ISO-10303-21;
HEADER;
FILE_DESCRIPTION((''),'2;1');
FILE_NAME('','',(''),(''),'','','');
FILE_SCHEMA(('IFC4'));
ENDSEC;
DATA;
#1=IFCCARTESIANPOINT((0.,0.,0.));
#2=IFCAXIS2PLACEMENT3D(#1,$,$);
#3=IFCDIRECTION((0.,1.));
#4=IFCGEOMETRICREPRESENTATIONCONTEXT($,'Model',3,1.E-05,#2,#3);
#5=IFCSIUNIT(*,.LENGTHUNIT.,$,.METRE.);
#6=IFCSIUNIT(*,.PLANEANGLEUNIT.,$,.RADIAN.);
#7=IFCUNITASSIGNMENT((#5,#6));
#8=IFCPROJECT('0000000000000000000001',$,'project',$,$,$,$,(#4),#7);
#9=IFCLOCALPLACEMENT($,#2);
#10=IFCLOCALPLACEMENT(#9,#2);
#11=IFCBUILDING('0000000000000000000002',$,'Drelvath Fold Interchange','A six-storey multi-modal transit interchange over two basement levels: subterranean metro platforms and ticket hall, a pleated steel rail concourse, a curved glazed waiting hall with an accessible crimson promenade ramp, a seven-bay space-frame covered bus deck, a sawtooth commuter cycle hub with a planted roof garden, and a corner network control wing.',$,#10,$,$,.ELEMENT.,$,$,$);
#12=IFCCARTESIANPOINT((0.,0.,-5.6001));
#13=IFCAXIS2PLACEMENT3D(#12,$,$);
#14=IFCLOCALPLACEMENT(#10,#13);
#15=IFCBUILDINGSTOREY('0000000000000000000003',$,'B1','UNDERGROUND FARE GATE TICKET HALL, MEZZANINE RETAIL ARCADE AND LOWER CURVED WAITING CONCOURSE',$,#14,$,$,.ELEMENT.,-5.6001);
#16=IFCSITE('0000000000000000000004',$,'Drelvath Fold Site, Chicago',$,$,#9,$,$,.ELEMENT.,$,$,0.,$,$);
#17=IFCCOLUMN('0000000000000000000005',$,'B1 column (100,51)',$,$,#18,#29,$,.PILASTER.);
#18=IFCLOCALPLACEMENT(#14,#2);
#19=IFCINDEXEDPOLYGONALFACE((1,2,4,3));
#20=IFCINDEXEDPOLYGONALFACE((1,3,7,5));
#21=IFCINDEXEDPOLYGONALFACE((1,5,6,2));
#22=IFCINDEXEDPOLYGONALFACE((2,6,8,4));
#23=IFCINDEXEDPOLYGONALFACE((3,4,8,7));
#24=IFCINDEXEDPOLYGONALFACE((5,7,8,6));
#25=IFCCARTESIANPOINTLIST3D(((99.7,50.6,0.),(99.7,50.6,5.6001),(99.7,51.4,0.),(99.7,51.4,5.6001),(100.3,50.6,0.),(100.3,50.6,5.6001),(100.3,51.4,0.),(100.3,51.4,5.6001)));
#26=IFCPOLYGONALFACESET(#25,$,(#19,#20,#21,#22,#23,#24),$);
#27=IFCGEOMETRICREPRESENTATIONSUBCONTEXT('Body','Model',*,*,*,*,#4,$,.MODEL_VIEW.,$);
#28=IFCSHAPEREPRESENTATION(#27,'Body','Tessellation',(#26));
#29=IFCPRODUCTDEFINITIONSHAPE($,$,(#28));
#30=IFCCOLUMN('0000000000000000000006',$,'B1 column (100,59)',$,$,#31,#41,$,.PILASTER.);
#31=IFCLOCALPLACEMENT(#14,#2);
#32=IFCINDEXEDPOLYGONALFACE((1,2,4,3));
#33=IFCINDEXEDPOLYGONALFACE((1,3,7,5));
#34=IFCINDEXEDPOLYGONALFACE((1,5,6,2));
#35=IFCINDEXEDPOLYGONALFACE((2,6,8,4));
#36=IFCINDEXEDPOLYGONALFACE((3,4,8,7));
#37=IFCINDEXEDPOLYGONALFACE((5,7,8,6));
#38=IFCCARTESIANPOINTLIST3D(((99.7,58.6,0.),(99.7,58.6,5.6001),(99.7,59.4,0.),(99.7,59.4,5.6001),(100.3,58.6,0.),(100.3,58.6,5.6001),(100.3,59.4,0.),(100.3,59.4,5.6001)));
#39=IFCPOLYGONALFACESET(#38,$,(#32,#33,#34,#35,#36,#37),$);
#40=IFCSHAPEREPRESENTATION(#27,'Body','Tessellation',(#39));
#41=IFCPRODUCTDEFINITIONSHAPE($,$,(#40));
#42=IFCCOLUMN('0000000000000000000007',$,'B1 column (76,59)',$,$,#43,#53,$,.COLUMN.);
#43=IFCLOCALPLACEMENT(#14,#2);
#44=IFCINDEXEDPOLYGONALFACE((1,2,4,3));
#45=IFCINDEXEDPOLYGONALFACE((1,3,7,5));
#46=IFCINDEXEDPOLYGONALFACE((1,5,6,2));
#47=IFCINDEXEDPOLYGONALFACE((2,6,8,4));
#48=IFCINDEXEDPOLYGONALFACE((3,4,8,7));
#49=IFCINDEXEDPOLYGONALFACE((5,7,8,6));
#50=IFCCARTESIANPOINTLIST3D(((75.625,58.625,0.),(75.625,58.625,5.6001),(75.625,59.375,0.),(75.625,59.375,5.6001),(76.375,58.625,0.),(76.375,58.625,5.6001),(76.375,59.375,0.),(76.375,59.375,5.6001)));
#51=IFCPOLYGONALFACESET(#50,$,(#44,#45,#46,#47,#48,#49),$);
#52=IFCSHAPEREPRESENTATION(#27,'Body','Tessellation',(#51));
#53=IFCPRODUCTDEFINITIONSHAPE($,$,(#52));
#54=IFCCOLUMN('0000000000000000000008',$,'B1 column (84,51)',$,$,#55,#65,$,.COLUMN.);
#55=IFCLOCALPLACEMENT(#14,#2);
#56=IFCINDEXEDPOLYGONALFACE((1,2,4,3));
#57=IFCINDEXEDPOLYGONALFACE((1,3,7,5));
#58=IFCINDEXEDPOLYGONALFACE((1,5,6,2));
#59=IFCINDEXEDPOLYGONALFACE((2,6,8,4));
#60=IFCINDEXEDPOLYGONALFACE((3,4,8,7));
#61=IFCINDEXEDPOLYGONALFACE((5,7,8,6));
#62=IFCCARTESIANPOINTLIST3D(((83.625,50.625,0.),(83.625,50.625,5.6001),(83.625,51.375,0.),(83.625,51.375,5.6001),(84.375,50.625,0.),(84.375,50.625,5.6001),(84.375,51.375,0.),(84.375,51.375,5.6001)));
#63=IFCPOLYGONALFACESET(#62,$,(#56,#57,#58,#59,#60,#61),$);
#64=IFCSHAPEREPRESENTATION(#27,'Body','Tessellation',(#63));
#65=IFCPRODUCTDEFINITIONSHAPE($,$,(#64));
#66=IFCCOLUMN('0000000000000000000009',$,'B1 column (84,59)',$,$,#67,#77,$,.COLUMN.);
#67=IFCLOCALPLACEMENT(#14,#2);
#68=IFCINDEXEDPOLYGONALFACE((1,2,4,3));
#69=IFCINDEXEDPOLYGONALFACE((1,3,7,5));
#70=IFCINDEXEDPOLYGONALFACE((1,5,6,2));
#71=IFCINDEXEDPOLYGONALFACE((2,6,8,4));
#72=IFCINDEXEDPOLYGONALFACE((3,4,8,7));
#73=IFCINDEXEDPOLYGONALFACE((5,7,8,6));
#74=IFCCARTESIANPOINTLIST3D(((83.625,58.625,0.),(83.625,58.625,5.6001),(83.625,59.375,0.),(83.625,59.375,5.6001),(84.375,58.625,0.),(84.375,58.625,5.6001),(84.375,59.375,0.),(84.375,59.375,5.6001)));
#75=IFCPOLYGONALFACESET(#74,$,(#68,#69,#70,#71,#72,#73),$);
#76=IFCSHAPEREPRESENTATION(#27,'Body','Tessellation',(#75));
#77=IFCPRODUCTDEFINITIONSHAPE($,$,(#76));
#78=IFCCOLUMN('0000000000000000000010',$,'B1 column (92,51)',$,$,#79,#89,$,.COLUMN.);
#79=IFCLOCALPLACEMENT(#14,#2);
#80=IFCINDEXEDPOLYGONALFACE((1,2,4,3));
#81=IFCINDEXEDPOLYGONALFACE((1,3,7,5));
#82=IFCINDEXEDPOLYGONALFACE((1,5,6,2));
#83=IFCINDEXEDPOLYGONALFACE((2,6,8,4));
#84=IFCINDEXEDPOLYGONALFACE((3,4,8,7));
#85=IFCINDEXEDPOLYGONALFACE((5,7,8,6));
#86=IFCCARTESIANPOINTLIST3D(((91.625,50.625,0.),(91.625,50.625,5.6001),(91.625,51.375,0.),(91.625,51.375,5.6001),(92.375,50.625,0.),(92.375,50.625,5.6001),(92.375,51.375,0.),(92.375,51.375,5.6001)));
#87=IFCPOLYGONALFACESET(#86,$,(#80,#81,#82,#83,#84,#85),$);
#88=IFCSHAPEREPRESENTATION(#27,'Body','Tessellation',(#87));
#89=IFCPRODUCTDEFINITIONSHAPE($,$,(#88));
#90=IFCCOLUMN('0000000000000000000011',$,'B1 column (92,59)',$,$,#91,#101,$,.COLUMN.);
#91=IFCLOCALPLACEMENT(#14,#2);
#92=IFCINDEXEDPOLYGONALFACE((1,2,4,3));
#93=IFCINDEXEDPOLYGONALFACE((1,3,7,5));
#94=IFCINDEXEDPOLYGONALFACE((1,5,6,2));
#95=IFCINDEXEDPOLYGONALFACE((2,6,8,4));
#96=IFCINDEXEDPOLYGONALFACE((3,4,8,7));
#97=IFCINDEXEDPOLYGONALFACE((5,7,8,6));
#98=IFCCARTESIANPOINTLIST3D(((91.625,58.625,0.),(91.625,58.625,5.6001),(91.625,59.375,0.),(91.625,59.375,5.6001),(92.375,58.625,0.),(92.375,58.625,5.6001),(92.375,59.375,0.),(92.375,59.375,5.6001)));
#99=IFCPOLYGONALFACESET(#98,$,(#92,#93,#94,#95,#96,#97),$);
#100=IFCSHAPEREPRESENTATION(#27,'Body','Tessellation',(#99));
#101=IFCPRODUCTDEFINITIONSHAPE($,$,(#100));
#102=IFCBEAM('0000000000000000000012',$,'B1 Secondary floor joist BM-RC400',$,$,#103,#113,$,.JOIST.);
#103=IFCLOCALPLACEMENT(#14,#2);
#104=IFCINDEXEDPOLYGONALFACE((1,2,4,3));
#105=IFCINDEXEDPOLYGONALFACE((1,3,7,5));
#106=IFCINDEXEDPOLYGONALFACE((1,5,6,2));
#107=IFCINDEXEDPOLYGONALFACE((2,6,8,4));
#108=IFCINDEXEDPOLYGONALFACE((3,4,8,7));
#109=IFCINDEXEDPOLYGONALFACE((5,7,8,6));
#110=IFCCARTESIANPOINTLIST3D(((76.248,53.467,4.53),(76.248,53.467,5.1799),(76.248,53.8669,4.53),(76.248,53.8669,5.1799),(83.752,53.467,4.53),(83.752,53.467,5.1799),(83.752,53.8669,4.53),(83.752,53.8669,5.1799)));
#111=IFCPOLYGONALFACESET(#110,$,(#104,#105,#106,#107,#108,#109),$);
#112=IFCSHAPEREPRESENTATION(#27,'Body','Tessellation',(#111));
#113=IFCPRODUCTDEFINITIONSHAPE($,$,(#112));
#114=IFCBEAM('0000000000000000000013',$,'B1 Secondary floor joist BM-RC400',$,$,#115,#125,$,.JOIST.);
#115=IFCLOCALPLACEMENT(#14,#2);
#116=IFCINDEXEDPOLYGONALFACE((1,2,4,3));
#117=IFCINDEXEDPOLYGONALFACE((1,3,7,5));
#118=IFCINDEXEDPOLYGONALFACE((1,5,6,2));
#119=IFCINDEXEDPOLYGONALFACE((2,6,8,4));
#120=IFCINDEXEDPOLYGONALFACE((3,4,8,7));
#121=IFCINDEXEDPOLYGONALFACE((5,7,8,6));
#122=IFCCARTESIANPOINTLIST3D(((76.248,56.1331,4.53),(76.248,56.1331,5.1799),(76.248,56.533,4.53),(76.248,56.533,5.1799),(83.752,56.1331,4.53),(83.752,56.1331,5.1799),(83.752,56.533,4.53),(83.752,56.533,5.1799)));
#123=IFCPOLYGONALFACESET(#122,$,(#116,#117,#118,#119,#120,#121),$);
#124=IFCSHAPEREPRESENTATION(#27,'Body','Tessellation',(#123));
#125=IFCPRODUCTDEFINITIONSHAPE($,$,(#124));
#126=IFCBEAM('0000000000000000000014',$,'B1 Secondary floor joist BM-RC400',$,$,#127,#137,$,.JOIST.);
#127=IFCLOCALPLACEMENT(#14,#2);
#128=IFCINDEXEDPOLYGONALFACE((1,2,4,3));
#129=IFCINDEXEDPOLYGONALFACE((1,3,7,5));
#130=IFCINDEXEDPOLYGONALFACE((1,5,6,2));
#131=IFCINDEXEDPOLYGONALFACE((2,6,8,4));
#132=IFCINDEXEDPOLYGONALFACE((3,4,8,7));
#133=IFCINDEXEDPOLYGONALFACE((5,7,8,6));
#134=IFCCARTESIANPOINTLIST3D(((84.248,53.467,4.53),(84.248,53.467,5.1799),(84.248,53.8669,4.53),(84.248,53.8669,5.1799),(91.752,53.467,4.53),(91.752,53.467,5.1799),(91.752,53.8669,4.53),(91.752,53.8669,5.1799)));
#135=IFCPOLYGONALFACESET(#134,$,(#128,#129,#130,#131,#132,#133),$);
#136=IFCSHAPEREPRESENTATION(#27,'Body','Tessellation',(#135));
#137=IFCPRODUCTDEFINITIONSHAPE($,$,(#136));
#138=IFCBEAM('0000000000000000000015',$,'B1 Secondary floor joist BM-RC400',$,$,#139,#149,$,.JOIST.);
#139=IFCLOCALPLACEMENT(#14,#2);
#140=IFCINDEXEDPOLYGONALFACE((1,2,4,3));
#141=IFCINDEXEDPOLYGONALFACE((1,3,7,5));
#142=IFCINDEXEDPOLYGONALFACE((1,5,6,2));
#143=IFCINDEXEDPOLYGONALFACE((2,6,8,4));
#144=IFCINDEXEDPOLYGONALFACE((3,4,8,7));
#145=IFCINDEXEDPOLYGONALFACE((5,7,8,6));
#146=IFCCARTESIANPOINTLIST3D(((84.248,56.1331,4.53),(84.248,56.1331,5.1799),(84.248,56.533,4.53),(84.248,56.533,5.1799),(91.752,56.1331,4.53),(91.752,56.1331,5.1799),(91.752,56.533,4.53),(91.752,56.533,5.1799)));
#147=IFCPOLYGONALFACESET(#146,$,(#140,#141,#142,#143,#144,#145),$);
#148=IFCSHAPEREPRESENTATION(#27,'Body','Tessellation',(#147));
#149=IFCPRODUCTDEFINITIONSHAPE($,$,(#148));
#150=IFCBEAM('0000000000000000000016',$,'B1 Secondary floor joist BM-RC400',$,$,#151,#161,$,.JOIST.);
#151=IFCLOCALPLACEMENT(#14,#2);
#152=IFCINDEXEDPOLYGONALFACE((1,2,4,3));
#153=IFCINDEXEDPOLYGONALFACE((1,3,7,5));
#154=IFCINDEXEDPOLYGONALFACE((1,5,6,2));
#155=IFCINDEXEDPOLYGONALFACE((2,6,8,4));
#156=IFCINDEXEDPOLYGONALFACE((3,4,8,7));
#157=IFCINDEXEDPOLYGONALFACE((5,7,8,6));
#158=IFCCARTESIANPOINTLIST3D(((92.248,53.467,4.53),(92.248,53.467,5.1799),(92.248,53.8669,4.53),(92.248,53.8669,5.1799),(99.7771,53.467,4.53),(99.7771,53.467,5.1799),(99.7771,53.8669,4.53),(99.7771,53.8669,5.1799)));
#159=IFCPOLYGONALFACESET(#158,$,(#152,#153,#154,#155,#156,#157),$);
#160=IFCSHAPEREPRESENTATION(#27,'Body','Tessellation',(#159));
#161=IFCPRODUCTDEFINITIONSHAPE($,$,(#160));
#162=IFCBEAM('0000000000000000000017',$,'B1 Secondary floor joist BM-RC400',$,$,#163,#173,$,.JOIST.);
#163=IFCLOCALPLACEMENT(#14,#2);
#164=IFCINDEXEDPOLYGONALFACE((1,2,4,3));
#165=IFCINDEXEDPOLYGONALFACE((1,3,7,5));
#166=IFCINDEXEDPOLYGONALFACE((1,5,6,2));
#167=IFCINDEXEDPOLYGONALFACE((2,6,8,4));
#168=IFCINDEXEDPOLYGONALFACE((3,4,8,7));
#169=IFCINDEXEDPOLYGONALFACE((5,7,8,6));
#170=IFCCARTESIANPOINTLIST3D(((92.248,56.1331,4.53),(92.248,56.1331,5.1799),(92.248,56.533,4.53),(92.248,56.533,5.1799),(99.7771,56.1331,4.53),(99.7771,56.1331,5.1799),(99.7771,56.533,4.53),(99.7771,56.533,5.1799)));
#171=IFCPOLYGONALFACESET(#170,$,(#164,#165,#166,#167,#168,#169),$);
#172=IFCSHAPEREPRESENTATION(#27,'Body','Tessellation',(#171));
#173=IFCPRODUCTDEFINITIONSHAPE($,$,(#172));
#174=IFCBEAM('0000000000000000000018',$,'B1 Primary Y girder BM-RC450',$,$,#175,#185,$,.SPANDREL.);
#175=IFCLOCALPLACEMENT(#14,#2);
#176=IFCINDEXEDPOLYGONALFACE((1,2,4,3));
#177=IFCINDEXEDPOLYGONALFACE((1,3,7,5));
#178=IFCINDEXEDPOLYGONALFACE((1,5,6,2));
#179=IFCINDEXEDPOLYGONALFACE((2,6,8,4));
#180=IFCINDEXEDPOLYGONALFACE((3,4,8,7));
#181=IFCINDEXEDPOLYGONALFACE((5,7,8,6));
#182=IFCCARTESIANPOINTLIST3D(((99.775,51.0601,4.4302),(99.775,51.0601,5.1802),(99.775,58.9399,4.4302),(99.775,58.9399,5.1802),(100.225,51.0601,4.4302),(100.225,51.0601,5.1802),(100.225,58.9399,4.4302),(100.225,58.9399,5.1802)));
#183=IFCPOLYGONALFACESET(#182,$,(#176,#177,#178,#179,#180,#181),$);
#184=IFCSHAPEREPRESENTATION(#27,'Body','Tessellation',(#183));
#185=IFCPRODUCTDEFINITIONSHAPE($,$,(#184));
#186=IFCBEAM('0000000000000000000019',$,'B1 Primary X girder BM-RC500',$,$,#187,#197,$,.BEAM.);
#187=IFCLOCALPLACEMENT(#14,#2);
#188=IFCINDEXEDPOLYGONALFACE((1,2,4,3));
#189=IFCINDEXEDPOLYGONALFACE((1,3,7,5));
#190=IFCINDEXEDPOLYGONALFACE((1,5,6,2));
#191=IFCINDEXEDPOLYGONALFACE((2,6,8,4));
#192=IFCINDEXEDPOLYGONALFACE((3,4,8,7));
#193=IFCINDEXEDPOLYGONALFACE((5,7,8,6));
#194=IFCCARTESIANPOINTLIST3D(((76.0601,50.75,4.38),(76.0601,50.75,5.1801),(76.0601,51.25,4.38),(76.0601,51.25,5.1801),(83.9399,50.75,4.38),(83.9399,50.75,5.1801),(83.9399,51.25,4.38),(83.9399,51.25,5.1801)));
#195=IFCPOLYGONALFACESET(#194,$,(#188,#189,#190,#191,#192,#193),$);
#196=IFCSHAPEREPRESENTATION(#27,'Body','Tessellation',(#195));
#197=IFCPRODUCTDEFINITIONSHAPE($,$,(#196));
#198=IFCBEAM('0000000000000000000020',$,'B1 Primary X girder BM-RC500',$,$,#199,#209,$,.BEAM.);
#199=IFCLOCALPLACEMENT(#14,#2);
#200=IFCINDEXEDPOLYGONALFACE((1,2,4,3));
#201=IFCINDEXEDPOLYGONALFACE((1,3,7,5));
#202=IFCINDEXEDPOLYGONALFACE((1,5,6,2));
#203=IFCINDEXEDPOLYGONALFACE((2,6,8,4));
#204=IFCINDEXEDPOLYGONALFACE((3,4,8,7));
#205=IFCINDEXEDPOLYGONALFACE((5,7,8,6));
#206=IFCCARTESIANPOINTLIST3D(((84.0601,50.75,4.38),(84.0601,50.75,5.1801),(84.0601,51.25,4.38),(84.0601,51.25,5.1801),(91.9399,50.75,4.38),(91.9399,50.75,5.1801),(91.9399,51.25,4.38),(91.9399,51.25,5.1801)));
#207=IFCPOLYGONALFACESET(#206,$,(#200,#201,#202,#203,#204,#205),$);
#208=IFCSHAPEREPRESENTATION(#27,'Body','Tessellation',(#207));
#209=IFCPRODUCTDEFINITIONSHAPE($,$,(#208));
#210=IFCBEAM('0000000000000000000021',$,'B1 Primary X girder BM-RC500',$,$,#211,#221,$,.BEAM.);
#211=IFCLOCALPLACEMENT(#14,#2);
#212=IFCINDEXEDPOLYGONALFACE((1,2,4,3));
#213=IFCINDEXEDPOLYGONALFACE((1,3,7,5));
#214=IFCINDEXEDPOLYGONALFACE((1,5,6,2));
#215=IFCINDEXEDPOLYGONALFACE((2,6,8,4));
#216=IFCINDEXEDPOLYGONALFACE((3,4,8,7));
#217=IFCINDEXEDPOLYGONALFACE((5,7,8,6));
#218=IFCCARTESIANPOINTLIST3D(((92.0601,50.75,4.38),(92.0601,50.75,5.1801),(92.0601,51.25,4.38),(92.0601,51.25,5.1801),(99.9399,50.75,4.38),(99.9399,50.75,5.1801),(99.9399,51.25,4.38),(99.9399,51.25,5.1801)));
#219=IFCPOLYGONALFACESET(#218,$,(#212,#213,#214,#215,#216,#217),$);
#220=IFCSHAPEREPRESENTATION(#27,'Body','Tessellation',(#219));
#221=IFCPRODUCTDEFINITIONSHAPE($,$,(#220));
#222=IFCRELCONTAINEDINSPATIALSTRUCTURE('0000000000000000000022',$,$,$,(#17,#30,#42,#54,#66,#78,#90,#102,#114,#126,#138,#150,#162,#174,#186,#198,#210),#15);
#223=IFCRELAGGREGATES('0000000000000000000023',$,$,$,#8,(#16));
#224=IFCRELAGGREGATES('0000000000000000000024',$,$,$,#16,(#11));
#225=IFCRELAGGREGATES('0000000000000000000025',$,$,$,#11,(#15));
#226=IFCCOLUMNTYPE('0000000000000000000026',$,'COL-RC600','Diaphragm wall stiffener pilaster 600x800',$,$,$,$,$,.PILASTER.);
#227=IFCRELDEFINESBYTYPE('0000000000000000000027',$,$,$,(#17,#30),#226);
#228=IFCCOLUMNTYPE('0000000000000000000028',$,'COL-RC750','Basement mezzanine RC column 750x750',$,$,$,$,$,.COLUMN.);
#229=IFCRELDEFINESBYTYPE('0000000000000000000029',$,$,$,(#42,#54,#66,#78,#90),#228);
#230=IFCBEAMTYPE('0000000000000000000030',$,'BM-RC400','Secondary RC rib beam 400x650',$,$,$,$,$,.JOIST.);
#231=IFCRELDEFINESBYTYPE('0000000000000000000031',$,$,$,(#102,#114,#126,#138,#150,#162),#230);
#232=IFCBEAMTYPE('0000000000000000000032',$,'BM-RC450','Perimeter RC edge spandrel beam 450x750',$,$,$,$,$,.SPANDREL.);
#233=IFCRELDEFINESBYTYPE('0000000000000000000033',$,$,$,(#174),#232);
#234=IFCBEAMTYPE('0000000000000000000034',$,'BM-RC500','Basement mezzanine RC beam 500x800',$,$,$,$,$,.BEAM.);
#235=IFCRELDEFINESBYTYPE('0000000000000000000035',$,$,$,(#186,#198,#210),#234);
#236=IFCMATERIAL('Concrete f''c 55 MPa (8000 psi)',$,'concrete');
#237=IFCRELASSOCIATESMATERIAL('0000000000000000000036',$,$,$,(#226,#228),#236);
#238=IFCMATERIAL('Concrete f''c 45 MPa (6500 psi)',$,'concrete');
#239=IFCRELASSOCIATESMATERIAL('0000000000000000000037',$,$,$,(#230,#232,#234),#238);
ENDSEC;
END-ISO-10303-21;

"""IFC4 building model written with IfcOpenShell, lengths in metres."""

from ifc_helpers import new_model, si_unit, direction, frame, origin, origin_2d, place, context, subcontext, project, spatial, rectangle, extrude, material, material_profile, profile_set, type_object, element, save


model = new_model("IFC4")

# Units and contexts
model_context = context("Model", 3, precision=1e-05, world=origin(), true_north=direction((0.0, 1.0)))
body_context = subcontext(model_context, "Body", "Model", "MODEL_VIEW")
ifc_project = project(units=[si_unit("LENGTHUNIT", "METRE"), si_unit("PLANEANGLEUNIT", "RADIAN")], contexts=[model_context])

# Site, building, storey
site_placement = place(None, origin())
site = spatial("IfcSite", under=ifc_project, at=site_placement, Name="Drelvath Fold Site, Chicago", CompositionType="ELEMENT", RefElevation=0.0)
building_placement = place(site_placement, origin())
building = spatial("IfcBuilding", under=site, at=building_placement, Name="Drelvath Fold Interchange", Description="A six-storey multi-modal transit interchange over two basement levels: subterranean metro platforms and ticket hall, a pleated steel rail concourse, a curved glazed waiting hall with an accessible crimson promenade ramp, a seven-bay space-frame covered bus deck, a sawtooth commuter cycle hub with a planted roof garden, and a corner network control wing.", CompositionType="ELEMENT")
storey_placement = place(building_placement, frame((0.0, 0.0, -5.6001)))
storey = spatial("IfcBuildingStorey", under=building, at=storey_placement, Name="B1", Description="UNDERGROUND FARE GATE TICKET HALL, MEZZANINE RETAIL ARCADE AND LOWER CURVED WAITING CONCOURSE", CompositionType="ELEMENT", Elevation=-5.6001)

# Columns
ifc_material_1 = material(Name="Concrete f'c 55 MPa (8000 psi)", Category="concrete")
ifc_material_profile_1 = material_profile(ifc_material_1, rectangle(XDim=0.6001, YDim=0.8, at=origin_2d()), Name="RC 600x800")
ifc_profile_set_1 = profile_set([ifc_material_profile_1], Name="Concrete f'c 55 MPa (8000 psi)")
column_type_1 = type_object("IfcColumnType", Name="COL-RC600", Description="Diaphragm wall stiffener pilaster 600x800", PredefinedType="PILASTER", material=ifc_profile_set_1)
for number, where, z_axis, x_axis, name in (
    (1, (100.0, 51.0, 0.0), (0.0, 0.0, 1.0), (1.0, 0.0, 0.0), "B1 column (100,51)"),
    (2, (100.0, 59.0, 0.0), (0.0, 0.0, 1.0), (1.0, 0.0, 0.0), "B1 column (100,59)"),
):
    element("IfcColumn", number, at=place(storey_placement, frame(where, z_axis=z_axis, x_axis=x_axis)), inside=storey, type_object=column_type_1, Name=name, PredefinedType="PILASTER", context=body_context, shape_type="SweptSolid", body=[
        extrude(rectangle(XDim=0.6001, YDim=0.8, at=origin_2d()), origin(), (0.0, 0.0, 1.0), 5.6001),
    ])
ifc_material_profile_2 = material_profile(ifc_material_1, rectangle(XDim=0.75, YDim=0.75, at=origin_2d()), Name="RC 750x750")
ifc_profile_set_2 = profile_set([ifc_material_profile_2], Name="Concrete f'c 55 MPa (8000 psi)")
column_type_2 = type_object("IfcColumnType", Name="COL-RC750", Description="Basement mezzanine RC column 750x750", PredefinedType="COLUMN", material=ifc_profile_set_2)
for number, where, z_axis, x_axis, name in (
    (3, (76.0, 59.0, 0.0), (0.0, 0.0, 1.0), (1.0, 0.0, 0.0), "B1 column (76,59)"),
    (4, (84.0, 51.0, 0.0), (0.0, 0.0, 1.0), (1.0, 0.0, 0.0), "B1 column (84,51)"),
    (5, (84.0, 59.0, 0.0), (0.0, 0.0, 1.0), (1.0, 0.0, 0.0), "B1 column (84,59)"),
    (6, (92.0, 51.0, 0.0), (0.0, 0.0, 1.0), (1.0, 0.0, 0.0), "B1 column (92,51)"),
    (7, (92.0, 59.0, 0.0), (0.0, 0.0, 1.0), (1.0, 0.0, 0.0), "B1 column (92,59)"),
):
    element("IfcColumn", number, at=place(storey_placement, frame(where, z_axis=z_axis, x_axis=x_axis)), inside=storey, type_object=column_type_2, Name=name, PredefinedType="COLUMN", context=body_context, shape_type="SweptSolid", body=[
        extrude(rectangle(XDim=0.75, YDim=0.75, at=origin_2d()), origin(), (0.0, 0.0, 1.0), 5.6001),
    ])

# Beams
ifc_material_2 = material(Name="Concrete f'c 45 MPa (6500 psi)", Category="concrete")
ifc_material_profile_3 = material_profile(ifc_material_2, rectangle(XDim=0.3999, YDim=0.6499, at=origin_2d()), Name="RC 400x650")
ifc_profile_set_3 = profile_set([ifc_material_profile_3], Name="Concrete f'c 45 MPa (6500 psi)")
beam_type_1 = type_object("IfcBeamType", Name="BM-RC400", Description="Secondary RC rib beam 400x650", PredefinedType="JOIST", material=ifc_profile_set_3)
for number, where, z_axis, x_axis, name in (
    (8, (76.248, 53.667, 4.855), (1.0, 0.0, 0.0), (0.0, 1.0, 0.0), "B1 Secondary floor joist BM-RC400"),
    (9, (76.248, 56.333, 4.855), (1.0, 0.0, 0.0), (0.0, 1.0, 0.0), "B1 Secondary floor joist BM-RC400"),
    (10, (84.248, 53.667, 4.855), (1.0, 0.0, 0.0), (0.0, 1.0, 0.0), "B1 Secondary floor joist BM-RC400"),
    (11, (84.248, 56.333, 4.855), (1.0, 0.0, 0.0), (0.0, 1.0, 0.0), "B1 Secondary floor joist BM-RC400"),
):
    element("IfcBeam", number, at=place(storey_placement, frame(where, z_axis=z_axis, x_axis=x_axis)), inside=storey, type_object=beam_type_1, Name=name, PredefinedType="JOIST", context=body_context, shape_type="SweptSolid", body=[
        extrude(rectangle(XDim=0.3999, YDim=0.6499, at=origin_2d()), origin(), (0.0, 0.0, 1.0), 7.5039),
    ])
for number, where, z_axis, x_axis, name in (
    (12, (92.248, 53.667, 4.855), (1.0, 0.0, 0.0), (0.0, 1.0, 0.0), "B1 Secondary floor joist BM-RC400"),
    (13, (92.248, 56.333, 4.855), (1.0, 0.0, 0.0), (0.0, 1.0, 0.0), "B1 Secondary floor joist BM-RC400"),
):
    element("IfcBeam", number, at=place(storey_placement, frame(where, z_axis=z_axis, x_axis=x_axis)), inside=storey, type_object=beam_type_1, Name=name, PredefinedType="JOIST", context=body_context, shape_type="SweptSolid", body=[
        extrude(rectangle(XDim=0.3999, YDim=0.6499, at=origin_2d()), origin(), (0.0, 0.0, 1.0), 7.5291),
    ])
ifc_material_profile_4 = material_profile(ifc_material_2, rectangle(XDim=0.45, YDim=0.75, at=origin_2d()), Name="RC 450x750")
ifc_profile_set_4 = profile_set([ifc_material_profile_4], Name="Concrete f'c 45 MPa (6500 psi)")
beam_type_2 = type_object("IfcBeamType", Name="BM-RC450", Description="Perimeter RC edge spandrel beam 450x750", PredefinedType="SPANDREL", material=ifc_profile_set_4)
beam_placement = place(storey_placement, frame((100.0, 51.0601, 4.8052), z_axis=(0.0, 1.0, 0.0), x_axis=(-1.0, 0.0, 0.0)))
element("IfcBeam", 14, at=beam_placement, inside=storey, type_object=beam_type_2, Name="B1 Primary Y girder BM-RC450", PredefinedType="SPANDREL", context=body_context, shape_type="SweptSolid", body=[
    extrude(rectangle(XDim=0.45, YDim=0.75, at=origin_2d()), origin(), (0.0, 0.0, 1.0), 7.8799),
])
ifc_material_profile_5 = material_profile(ifc_material_2, rectangle(XDim=0.5, YDim=0.8, at=origin_2d()), Name="RC 500x800")
ifc_profile_set_5 = profile_set([ifc_material_profile_5], Name="Concrete f'c 45 MPa (6500 psi)")
beam_type_3 = type_object("IfcBeamType", Name="BM-RC500", Description="Basement mezzanine RC beam 500x800", PredefinedType="BEAM", material=ifc_profile_set_5)
for number, where, z_axis, x_axis, name in (
    (15, (76.0601, 51.0, 4.78), (1.0, 0.0, 0.0), (0.0, 1.0, 0.0), "B1 Primary X girder BM-RC500"),
    (16, (84.0601, 51.0, 4.78), (1.0, 0.0, 0.0), (0.0, 1.0, 0.0), "B1 Primary X girder BM-RC500"),
    (17, (92.0601, 51.0, 4.78), (1.0, 0.0, 0.0), (0.0, 1.0, 0.0), "B1 Primary X girder BM-RC500"),
):
    element("IfcBeam", number, at=place(storey_placement, frame(where, z_axis=z_axis, x_axis=x_axis)), inside=storey, type_object=beam_type_3, Name=name, PredefinedType="BEAM", context=body_context, shape_type="SweptSolid", body=[
        extrude(rectangle(XDim=0.5, YDim=0.8, at=origin_2d()), origin(), (0.0, 0.0, 1.0), 7.8799),
    ])

save(model, "model.ifc")
